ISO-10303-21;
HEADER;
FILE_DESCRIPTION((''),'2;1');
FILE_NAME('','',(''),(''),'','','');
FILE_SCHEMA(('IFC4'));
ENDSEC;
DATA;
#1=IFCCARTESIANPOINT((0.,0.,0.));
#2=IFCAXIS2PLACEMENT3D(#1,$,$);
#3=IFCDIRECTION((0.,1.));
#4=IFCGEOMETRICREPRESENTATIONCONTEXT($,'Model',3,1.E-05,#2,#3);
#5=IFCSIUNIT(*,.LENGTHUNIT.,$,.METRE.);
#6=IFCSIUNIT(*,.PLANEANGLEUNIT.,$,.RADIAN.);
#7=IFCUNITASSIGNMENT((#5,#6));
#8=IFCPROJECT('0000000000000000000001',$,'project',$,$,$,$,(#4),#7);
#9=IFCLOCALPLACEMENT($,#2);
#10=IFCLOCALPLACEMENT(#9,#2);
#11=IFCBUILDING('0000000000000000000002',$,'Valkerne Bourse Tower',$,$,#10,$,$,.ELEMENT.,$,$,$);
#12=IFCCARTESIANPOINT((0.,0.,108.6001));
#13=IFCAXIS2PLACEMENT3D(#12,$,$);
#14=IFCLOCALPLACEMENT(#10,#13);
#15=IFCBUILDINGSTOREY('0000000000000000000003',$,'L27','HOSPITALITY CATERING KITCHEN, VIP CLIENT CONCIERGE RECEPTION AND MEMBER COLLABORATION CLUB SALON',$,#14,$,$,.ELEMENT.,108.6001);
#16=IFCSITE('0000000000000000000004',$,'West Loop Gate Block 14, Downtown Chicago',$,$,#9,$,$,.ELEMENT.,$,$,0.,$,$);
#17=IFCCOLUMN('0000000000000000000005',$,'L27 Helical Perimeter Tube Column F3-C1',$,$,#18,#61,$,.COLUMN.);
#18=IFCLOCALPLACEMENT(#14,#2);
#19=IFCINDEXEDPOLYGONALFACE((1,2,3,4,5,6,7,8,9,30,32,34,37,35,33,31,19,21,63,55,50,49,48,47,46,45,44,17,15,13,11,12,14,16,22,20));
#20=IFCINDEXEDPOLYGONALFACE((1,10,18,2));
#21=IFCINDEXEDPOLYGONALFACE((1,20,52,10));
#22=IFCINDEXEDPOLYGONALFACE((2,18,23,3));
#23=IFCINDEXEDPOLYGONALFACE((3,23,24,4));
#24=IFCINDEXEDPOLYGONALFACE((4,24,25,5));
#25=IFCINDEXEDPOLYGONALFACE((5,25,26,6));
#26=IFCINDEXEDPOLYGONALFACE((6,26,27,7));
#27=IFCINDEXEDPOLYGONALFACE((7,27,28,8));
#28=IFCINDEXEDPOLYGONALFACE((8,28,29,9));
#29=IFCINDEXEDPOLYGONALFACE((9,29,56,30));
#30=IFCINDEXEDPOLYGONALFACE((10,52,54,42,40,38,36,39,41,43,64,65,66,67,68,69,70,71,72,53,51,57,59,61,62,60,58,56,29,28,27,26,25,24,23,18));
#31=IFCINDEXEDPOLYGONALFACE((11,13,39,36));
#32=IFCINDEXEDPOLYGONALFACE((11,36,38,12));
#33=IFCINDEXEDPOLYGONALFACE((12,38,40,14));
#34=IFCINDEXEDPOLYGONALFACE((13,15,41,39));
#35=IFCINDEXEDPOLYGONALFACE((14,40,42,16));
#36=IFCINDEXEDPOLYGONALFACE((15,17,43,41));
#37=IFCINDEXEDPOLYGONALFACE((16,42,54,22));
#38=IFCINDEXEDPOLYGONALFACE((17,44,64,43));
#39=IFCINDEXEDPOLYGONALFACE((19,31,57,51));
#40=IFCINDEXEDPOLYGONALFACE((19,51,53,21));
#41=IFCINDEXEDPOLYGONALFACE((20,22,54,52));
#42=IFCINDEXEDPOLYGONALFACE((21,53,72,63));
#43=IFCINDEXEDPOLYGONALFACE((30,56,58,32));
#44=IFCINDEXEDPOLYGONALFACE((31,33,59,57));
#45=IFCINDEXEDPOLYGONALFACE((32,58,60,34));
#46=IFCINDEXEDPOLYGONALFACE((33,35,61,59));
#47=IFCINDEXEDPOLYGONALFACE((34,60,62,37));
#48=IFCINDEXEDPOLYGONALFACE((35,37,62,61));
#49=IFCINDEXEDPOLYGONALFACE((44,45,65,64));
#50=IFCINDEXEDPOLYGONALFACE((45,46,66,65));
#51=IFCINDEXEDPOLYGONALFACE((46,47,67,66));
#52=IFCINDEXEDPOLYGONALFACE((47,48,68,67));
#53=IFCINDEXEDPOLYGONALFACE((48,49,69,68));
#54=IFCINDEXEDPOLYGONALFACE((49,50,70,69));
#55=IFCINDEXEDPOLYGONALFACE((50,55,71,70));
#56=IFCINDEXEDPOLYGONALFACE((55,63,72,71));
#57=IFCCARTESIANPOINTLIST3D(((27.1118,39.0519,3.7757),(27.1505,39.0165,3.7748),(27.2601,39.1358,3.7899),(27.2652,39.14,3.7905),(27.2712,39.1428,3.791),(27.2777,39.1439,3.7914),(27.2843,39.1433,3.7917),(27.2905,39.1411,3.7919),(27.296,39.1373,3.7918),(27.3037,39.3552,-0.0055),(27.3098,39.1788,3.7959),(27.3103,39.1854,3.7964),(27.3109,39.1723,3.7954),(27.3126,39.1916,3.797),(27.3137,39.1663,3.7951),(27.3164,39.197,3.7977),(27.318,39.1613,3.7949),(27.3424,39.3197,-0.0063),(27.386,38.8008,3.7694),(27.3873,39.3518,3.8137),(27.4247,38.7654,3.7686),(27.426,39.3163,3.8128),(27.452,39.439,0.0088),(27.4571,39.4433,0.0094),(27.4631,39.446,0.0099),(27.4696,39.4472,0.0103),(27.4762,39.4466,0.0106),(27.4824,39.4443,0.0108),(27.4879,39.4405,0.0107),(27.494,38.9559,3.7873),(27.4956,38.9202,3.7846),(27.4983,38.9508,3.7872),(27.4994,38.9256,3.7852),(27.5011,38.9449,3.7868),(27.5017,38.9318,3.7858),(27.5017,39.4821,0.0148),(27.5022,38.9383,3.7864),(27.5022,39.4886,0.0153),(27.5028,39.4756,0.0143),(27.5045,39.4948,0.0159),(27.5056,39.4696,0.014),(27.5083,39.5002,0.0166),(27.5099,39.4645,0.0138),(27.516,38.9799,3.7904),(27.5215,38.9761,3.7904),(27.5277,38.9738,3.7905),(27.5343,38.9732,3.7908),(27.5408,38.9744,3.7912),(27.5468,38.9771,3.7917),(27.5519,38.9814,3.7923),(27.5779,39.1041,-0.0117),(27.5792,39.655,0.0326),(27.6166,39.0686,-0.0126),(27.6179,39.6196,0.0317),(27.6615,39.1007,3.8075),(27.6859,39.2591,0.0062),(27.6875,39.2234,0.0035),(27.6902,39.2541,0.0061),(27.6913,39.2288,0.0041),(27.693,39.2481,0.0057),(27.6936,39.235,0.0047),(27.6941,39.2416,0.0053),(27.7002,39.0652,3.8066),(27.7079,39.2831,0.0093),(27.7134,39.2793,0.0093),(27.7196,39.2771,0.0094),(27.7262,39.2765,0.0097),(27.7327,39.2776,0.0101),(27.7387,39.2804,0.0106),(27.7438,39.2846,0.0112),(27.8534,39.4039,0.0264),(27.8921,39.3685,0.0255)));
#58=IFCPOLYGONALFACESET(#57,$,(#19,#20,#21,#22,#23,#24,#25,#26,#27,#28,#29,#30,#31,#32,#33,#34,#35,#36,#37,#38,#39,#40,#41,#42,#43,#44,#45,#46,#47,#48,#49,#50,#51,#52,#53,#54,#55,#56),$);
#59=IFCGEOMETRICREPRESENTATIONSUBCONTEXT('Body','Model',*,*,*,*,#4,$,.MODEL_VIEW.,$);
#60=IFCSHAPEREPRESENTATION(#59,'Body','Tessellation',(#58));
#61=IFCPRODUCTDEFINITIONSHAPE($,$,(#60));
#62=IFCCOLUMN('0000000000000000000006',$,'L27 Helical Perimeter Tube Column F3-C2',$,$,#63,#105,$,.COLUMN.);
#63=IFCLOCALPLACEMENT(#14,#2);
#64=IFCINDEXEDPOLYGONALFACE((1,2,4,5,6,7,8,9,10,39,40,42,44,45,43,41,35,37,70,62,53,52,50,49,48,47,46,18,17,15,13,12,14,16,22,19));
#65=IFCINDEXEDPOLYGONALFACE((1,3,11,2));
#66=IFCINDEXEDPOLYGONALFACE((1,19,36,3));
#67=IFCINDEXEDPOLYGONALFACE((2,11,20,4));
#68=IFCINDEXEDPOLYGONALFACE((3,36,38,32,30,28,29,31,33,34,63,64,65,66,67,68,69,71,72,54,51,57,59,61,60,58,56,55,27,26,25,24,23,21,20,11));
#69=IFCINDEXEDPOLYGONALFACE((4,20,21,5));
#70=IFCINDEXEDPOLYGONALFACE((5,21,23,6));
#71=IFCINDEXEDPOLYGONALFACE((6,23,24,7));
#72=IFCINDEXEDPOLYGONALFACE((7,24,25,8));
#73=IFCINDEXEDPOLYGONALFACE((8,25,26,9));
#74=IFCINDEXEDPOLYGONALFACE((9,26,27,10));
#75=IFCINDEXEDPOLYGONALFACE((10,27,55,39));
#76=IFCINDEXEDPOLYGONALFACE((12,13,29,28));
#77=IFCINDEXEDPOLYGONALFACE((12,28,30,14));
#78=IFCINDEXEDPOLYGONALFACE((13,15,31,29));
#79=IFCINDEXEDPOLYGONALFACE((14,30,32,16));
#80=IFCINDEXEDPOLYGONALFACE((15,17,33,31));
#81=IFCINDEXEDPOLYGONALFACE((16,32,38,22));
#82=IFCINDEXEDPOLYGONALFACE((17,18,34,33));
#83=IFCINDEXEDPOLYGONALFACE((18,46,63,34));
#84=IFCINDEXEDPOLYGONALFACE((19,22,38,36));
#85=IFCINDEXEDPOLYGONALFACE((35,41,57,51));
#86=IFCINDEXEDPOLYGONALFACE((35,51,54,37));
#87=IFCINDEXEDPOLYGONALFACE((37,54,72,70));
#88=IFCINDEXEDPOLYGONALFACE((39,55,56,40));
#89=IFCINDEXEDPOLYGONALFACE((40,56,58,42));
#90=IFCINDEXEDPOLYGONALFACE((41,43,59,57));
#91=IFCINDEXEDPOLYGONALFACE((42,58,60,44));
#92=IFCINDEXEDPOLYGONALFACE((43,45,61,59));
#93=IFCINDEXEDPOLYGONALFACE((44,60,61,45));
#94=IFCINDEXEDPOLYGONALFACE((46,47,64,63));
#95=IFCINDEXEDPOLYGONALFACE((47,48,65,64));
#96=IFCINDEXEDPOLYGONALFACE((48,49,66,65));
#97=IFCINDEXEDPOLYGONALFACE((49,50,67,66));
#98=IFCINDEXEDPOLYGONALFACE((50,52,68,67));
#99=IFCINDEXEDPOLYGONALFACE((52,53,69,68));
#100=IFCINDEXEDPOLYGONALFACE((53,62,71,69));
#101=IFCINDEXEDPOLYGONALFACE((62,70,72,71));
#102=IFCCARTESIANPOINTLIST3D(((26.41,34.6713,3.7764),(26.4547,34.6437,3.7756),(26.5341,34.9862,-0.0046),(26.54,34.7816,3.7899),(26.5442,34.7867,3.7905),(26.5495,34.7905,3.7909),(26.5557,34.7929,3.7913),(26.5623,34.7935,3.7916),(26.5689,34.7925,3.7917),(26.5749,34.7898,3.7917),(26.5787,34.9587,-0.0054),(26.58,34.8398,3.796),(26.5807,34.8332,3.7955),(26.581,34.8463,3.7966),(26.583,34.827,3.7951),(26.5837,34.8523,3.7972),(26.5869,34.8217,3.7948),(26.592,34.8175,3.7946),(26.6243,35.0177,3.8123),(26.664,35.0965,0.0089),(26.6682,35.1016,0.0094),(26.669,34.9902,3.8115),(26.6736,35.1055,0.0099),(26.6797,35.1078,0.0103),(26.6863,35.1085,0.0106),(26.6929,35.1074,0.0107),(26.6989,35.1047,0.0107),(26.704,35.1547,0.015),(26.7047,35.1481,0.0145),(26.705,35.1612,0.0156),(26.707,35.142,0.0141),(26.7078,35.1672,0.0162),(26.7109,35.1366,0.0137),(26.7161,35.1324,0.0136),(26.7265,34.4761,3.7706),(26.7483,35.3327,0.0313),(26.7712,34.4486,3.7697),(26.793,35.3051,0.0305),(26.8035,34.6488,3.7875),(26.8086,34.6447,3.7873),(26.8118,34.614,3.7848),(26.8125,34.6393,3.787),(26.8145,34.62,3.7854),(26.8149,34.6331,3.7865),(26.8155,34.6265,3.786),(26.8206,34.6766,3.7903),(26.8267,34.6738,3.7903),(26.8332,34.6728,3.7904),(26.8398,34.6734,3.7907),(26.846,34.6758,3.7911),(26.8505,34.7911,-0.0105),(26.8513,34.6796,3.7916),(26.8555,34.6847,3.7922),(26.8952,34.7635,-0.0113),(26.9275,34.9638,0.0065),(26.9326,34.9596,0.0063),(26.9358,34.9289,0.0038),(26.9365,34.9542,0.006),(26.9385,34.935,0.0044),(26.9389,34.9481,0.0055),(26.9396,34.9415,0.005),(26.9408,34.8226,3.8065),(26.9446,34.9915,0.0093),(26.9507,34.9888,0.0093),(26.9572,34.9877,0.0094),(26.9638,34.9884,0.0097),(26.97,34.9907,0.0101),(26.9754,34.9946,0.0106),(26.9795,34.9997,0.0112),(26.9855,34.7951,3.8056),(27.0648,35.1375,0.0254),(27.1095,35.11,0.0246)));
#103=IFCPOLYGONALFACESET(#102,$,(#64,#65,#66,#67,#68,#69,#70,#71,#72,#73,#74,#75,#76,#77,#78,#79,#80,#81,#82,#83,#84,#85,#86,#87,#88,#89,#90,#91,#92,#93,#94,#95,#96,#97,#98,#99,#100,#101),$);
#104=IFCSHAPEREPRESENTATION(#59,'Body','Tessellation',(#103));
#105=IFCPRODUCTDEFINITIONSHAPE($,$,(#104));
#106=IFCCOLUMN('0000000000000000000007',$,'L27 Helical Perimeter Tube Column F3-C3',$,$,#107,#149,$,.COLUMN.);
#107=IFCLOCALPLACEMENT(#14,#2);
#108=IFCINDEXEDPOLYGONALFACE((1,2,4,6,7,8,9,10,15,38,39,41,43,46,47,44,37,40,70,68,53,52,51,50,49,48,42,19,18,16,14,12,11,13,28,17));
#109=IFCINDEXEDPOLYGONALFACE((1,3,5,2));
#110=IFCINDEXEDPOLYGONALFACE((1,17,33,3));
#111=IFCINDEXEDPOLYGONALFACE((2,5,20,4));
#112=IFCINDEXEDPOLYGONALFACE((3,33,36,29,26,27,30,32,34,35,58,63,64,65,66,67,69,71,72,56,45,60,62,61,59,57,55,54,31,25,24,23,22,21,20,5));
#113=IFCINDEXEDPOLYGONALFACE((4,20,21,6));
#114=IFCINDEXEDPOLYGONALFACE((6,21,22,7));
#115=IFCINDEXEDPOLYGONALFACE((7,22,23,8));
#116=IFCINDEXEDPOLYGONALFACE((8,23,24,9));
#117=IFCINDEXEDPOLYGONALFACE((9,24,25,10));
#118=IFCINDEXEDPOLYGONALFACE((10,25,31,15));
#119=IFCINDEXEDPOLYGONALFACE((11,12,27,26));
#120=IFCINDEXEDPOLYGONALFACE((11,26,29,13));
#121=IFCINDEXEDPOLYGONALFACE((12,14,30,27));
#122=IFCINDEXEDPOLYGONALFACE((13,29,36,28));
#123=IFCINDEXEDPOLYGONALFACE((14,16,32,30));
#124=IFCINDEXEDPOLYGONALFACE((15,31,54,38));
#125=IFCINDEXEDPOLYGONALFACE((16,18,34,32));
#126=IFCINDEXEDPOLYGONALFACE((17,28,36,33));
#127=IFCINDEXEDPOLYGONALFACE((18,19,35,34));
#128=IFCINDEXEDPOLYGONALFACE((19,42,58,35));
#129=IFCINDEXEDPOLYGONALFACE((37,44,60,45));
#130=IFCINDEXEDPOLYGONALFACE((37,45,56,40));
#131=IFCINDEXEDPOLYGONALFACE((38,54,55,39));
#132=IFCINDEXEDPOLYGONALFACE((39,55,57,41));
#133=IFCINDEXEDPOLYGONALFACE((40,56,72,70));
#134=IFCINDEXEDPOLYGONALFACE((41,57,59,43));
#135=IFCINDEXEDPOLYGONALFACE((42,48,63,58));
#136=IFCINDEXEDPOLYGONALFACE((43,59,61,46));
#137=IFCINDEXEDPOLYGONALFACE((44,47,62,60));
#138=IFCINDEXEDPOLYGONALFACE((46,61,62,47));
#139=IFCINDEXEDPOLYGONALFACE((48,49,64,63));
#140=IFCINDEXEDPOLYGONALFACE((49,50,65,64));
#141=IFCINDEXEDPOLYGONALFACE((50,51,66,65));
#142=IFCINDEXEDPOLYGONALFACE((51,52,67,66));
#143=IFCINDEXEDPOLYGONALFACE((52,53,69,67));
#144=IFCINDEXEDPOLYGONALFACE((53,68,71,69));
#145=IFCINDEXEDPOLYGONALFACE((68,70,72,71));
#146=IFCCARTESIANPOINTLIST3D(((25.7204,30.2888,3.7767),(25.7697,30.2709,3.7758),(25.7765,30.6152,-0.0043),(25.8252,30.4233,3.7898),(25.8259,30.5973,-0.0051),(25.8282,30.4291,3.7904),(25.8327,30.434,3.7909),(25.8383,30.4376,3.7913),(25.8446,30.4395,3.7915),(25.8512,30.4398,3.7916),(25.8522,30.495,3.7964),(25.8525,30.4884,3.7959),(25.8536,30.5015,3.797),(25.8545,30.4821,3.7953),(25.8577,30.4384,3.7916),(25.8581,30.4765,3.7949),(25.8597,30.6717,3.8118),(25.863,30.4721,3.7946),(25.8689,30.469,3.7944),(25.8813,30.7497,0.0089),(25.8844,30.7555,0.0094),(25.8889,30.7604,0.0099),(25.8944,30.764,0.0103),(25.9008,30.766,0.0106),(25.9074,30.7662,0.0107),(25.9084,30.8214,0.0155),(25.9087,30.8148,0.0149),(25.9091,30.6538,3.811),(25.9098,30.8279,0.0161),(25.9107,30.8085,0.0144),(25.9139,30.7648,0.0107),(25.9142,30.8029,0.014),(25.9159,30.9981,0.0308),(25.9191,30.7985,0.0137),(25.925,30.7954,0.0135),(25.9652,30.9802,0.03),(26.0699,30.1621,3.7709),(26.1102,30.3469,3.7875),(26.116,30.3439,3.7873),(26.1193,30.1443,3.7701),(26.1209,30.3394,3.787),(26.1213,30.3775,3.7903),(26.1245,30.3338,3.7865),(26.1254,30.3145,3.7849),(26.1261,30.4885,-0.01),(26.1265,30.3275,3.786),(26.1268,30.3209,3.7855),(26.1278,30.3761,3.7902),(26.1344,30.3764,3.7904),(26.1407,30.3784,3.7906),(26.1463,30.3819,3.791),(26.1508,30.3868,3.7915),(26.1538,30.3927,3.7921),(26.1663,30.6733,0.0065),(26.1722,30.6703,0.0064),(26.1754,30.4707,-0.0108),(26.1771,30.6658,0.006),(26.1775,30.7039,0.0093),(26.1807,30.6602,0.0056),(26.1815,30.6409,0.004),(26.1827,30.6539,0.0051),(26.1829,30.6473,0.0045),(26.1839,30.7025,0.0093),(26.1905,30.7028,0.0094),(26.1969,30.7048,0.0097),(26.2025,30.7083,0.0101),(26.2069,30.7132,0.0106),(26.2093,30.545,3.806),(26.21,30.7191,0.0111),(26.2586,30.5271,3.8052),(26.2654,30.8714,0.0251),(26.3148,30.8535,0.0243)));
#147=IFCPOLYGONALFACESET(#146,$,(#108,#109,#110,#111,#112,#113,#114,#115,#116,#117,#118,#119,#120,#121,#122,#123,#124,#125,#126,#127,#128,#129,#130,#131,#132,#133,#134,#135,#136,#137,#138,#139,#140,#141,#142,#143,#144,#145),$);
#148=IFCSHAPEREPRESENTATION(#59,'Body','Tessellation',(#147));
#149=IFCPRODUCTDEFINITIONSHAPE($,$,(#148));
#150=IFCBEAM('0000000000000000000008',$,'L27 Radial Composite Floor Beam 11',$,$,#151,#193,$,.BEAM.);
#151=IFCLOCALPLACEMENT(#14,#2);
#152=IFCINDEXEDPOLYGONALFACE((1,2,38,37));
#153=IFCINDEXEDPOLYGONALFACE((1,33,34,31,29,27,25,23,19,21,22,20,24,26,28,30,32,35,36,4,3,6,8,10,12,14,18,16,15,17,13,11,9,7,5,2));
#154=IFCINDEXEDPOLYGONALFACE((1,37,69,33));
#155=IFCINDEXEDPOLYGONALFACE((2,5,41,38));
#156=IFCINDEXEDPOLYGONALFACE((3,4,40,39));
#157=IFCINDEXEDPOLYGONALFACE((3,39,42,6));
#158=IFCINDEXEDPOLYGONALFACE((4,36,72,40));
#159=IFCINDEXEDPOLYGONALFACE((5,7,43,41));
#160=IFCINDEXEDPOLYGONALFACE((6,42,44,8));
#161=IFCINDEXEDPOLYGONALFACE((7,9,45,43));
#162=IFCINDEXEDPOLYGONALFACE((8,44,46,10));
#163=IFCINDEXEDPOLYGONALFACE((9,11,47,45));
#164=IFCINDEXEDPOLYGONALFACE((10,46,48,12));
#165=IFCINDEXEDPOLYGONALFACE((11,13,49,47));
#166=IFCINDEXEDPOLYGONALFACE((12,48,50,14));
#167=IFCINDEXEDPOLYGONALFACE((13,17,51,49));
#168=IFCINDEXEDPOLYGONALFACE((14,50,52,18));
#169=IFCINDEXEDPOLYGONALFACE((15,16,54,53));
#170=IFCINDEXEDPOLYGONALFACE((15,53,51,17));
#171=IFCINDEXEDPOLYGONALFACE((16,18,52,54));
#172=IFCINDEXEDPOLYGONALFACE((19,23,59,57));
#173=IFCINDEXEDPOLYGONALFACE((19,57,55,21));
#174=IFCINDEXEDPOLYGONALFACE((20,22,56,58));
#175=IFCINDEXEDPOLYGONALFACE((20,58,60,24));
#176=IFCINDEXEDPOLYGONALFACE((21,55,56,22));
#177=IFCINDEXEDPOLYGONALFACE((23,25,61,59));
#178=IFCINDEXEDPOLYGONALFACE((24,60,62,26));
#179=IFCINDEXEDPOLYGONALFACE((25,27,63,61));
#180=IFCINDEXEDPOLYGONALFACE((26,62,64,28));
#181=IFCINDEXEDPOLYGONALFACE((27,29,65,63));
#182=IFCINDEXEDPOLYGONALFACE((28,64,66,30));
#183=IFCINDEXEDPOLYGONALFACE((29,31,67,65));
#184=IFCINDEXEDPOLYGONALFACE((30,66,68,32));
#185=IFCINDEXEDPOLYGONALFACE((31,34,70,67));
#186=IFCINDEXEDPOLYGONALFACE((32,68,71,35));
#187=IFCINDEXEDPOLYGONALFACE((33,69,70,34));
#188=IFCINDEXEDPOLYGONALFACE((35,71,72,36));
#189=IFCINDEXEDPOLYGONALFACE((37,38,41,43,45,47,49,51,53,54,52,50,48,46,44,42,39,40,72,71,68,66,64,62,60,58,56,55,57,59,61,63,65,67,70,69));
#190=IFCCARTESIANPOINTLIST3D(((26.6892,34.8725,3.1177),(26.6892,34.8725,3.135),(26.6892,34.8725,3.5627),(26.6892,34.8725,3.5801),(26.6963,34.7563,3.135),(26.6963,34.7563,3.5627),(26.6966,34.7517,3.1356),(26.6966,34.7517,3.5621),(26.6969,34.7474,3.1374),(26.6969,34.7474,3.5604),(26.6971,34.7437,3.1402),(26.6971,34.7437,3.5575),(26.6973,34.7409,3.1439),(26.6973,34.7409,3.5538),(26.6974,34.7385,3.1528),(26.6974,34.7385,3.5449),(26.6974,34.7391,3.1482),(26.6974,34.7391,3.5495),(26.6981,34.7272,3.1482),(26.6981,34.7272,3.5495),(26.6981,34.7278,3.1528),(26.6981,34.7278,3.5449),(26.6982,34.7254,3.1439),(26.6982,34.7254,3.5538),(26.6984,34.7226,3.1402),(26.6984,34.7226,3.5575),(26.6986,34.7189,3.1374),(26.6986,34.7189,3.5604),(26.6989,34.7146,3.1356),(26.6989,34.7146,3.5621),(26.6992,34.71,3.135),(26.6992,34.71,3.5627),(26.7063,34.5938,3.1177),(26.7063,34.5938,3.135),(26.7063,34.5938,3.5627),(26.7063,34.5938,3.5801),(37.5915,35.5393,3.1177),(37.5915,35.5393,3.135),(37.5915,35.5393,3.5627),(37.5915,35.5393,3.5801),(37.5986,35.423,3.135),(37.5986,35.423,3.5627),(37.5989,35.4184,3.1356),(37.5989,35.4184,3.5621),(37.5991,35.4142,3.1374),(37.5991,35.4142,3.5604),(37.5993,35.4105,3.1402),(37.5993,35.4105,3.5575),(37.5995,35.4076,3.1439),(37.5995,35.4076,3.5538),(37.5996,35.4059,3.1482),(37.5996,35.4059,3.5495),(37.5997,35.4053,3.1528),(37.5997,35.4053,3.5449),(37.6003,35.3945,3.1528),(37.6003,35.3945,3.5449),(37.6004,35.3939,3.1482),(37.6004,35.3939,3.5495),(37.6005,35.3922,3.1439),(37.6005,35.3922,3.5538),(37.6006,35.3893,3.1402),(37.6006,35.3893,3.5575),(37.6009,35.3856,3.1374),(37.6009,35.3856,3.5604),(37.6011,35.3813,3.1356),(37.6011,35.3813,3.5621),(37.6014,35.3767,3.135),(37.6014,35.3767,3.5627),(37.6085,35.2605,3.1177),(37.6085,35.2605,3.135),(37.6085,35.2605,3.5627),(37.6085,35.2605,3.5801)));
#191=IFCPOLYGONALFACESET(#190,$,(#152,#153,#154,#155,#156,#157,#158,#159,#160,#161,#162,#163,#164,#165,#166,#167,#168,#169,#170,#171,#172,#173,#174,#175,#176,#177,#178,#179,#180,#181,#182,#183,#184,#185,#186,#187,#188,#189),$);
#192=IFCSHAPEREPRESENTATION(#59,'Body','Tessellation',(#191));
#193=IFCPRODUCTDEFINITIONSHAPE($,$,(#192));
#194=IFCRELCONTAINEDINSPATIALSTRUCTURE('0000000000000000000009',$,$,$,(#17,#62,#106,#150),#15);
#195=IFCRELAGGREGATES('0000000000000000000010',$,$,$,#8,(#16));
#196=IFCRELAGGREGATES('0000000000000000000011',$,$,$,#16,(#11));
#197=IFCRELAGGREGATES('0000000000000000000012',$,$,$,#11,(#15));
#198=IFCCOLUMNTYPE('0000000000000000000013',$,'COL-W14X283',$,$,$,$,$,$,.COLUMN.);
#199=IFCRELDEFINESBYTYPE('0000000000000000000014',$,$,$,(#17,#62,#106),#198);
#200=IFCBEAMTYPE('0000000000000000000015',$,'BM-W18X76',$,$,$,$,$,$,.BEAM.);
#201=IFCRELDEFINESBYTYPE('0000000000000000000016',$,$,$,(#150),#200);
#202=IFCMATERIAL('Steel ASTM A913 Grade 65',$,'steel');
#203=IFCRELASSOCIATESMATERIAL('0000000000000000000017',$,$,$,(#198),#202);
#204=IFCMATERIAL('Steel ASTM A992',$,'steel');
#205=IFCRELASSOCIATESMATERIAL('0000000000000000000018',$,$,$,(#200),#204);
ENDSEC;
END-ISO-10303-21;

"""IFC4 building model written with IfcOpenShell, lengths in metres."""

from ifc_helpers import new_model, si_unit, direction, frame, origin, origin_2d, place, context, subcontext, project, spatial, i_section, extrude, material, material_profile, profile_set, type_object, element, save


model = new_model("IFC4")

# Units and contexts
model_context = context("Model", 3, precision=1e-05, world=origin(), true_north=direction((0.0, 1.0)))
body_context = subcontext(model_context, "Body", "Model", "MODEL_VIEW")
ifc_project = project(units=[si_unit("LENGTHUNIT", "METRE"), si_unit("PLANEANGLEUNIT", "RADIAN")], contexts=[model_context])

# Site, building, storey
site_placement = place(None, origin())
site = spatial("IfcSite", under=ifc_project, at=site_placement, Name="West Loop Gate Block 14, Downtown Chicago", CompositionType="ELEMENT", RefElevation=0.0)
building_placement = place(site_placement, origin())
building = spatial("IfcBuilding", under=site, at=building_placement, Name="Valkerne Bourse Tower", CompositionType="ELEMENT")
storey_placement = place(building_placement, frame((0.0, 0.0, 108.6001)))
storey = spatial("IfcBuildingStorey", under=building, at=storey_placement, Name="L27", Description="HOSPITALITY CATERING KITCHEN, VIP CLIENT CONCIERGE RECEPTION AND MEMBER COLLABORATION CLUB SALON", CompositionType="ELEMENT", Elevation=108.6001)

# Columns
ifc_material_1 = material(Name="Steel ASTM A913 Grade 65", Category="steel")
ifc_material_profile_1 = material_profile(ifc_material_1, i_section(OverallWidth=0.4089, OverallDepth=0.4243, WebThickness=0.0327, FlangeThickness=0.0525, FilletRadius=0.0254, at=origin_2d()), Name="W14X283")
ifc_profile_set_1 = profile_set([ifc_material_profile_1], Name="Steel ASTM A913 Grade 65")
column_type = type_object("IfcColumnType", Name="COL-W14X283", PredefinedType="COLUMN", material=ifc_profile_set_1)
column_1_placement = place(storey_placement, frame((27.5979, 39.3618, 0.01), z_axis=(-0.050525, -0.079838, 0.995527), x_axis=(-0.673592, -0.733231, -0.092989)))
element("IfcColumn", 1, at=column_1_placement, inside=storey, type_object=column_type, Name="L27 Helical Perimeter Tube Column F3-C1", PredefinedType="COLUMN", context=body_context, shape_type="SweptSolid", body=[
    extrude(i_section(OverallWidth=0.4089, OverallDepth=0.4243, WebThickness=0.0327, FlangeThickness=0.0525, FilletRadius=0.0254, at=origin_2d()), origin(), (0.0, 0.0, 1.0), 3.7981),
])
column_2_placement = place(storey_placement, frame((26.8218, 35.0481, 0.01), z_axis=(-0.032671, -0.082964, 0.996017), x_axis=(-0.523953, -0.847215, -0.087756)))
element("IfcColumn", 2, at=column_2_placement, inside=storey, type_object=column_type, Name="L27 Helical Perimeter Tube Column F3-C2", PredefinedType="COLUMN", context=body_context, shape_type="SweptSolid", body=[
    extrude(i_section(OverallWidth=0.4089, OverallDepth=0.4243, WebThickness=0.0327, FlangeThickness=0.0525, FilletRadius=0.0254, at=origin_2d()), origin(), (0.0, 0.0, 1.0), 3.7961),
])
column_3_placement = place(storey_placement, frame((26.0457, 30.7344, 0.01), z_axis=(-0.014795, -0.086001, 0.996185), x_axis=(-0.340742, -0.936226, -0.085885)))
element("IfcColumn", 3, at=column_3_placement, inside=storey, type_object=column_type, Name="L27 Helical Perimeter Tube Column F3-C3", PredefinedType="COLUMN", context=body_context, shape_type="SweptSolid", body=[
    extrude(i_section(OverallWidth=0.4089, OverallDepth=0.4243, WebThickness=0.0327, FlangeThickness=0.0525, FilletRadius=0.0254, at=origin_2d()), origin(), (0.0, 0.0, 1.0), 3.7954),
])

# Beam
ifc_material_2 = material(Name="Steel ASTM A992", Category="steel")
ifc_material_profile_2 = material_profile(ifc_material_2, i_section(OverallWidth=0.2793, OverallDepth=0.4624, WebThickness=0.0107, FlangeThickness=0.0173, FilletRadius=0.0178, at=origin_2d()), Name="W18X76")
ifc_profile_set_2 = profile_set([ifc_material_profile_2], Name="Steel ASTM A992")
beam_type_1 = type_object("IfcBeamType", Name="BM-W18X76", PredefinedType="BEAM", material=ifc_profile_set_2)
beam_1_placement = place(storey_placement, frame((26.6978, 34.7332, 3.3489), z_axis=(0.998135, 0.061042, 0.0), x_axis=(-0.061042, 0.998135, 0.0)))
element("IfcBeam", 4, at=beam_1_placement, inside=storey, type_object=beam_type_1, Name="L27 Radial Composite Floor Beam 11", PredefinedType="BEAM", context=body_context, shape_type="SweptSolid", body=[
    extrude(i_section(OverallWidth=0.2793, OverallDepth=0.4624, WebThickness=0.0107, FlangeThickness=0.0173, FilletRadius=0.0178, at=origin_2d()), origin(), (0.0, 0.0, 1.0), 10.9226),
])

save(model, "model.ifc")
